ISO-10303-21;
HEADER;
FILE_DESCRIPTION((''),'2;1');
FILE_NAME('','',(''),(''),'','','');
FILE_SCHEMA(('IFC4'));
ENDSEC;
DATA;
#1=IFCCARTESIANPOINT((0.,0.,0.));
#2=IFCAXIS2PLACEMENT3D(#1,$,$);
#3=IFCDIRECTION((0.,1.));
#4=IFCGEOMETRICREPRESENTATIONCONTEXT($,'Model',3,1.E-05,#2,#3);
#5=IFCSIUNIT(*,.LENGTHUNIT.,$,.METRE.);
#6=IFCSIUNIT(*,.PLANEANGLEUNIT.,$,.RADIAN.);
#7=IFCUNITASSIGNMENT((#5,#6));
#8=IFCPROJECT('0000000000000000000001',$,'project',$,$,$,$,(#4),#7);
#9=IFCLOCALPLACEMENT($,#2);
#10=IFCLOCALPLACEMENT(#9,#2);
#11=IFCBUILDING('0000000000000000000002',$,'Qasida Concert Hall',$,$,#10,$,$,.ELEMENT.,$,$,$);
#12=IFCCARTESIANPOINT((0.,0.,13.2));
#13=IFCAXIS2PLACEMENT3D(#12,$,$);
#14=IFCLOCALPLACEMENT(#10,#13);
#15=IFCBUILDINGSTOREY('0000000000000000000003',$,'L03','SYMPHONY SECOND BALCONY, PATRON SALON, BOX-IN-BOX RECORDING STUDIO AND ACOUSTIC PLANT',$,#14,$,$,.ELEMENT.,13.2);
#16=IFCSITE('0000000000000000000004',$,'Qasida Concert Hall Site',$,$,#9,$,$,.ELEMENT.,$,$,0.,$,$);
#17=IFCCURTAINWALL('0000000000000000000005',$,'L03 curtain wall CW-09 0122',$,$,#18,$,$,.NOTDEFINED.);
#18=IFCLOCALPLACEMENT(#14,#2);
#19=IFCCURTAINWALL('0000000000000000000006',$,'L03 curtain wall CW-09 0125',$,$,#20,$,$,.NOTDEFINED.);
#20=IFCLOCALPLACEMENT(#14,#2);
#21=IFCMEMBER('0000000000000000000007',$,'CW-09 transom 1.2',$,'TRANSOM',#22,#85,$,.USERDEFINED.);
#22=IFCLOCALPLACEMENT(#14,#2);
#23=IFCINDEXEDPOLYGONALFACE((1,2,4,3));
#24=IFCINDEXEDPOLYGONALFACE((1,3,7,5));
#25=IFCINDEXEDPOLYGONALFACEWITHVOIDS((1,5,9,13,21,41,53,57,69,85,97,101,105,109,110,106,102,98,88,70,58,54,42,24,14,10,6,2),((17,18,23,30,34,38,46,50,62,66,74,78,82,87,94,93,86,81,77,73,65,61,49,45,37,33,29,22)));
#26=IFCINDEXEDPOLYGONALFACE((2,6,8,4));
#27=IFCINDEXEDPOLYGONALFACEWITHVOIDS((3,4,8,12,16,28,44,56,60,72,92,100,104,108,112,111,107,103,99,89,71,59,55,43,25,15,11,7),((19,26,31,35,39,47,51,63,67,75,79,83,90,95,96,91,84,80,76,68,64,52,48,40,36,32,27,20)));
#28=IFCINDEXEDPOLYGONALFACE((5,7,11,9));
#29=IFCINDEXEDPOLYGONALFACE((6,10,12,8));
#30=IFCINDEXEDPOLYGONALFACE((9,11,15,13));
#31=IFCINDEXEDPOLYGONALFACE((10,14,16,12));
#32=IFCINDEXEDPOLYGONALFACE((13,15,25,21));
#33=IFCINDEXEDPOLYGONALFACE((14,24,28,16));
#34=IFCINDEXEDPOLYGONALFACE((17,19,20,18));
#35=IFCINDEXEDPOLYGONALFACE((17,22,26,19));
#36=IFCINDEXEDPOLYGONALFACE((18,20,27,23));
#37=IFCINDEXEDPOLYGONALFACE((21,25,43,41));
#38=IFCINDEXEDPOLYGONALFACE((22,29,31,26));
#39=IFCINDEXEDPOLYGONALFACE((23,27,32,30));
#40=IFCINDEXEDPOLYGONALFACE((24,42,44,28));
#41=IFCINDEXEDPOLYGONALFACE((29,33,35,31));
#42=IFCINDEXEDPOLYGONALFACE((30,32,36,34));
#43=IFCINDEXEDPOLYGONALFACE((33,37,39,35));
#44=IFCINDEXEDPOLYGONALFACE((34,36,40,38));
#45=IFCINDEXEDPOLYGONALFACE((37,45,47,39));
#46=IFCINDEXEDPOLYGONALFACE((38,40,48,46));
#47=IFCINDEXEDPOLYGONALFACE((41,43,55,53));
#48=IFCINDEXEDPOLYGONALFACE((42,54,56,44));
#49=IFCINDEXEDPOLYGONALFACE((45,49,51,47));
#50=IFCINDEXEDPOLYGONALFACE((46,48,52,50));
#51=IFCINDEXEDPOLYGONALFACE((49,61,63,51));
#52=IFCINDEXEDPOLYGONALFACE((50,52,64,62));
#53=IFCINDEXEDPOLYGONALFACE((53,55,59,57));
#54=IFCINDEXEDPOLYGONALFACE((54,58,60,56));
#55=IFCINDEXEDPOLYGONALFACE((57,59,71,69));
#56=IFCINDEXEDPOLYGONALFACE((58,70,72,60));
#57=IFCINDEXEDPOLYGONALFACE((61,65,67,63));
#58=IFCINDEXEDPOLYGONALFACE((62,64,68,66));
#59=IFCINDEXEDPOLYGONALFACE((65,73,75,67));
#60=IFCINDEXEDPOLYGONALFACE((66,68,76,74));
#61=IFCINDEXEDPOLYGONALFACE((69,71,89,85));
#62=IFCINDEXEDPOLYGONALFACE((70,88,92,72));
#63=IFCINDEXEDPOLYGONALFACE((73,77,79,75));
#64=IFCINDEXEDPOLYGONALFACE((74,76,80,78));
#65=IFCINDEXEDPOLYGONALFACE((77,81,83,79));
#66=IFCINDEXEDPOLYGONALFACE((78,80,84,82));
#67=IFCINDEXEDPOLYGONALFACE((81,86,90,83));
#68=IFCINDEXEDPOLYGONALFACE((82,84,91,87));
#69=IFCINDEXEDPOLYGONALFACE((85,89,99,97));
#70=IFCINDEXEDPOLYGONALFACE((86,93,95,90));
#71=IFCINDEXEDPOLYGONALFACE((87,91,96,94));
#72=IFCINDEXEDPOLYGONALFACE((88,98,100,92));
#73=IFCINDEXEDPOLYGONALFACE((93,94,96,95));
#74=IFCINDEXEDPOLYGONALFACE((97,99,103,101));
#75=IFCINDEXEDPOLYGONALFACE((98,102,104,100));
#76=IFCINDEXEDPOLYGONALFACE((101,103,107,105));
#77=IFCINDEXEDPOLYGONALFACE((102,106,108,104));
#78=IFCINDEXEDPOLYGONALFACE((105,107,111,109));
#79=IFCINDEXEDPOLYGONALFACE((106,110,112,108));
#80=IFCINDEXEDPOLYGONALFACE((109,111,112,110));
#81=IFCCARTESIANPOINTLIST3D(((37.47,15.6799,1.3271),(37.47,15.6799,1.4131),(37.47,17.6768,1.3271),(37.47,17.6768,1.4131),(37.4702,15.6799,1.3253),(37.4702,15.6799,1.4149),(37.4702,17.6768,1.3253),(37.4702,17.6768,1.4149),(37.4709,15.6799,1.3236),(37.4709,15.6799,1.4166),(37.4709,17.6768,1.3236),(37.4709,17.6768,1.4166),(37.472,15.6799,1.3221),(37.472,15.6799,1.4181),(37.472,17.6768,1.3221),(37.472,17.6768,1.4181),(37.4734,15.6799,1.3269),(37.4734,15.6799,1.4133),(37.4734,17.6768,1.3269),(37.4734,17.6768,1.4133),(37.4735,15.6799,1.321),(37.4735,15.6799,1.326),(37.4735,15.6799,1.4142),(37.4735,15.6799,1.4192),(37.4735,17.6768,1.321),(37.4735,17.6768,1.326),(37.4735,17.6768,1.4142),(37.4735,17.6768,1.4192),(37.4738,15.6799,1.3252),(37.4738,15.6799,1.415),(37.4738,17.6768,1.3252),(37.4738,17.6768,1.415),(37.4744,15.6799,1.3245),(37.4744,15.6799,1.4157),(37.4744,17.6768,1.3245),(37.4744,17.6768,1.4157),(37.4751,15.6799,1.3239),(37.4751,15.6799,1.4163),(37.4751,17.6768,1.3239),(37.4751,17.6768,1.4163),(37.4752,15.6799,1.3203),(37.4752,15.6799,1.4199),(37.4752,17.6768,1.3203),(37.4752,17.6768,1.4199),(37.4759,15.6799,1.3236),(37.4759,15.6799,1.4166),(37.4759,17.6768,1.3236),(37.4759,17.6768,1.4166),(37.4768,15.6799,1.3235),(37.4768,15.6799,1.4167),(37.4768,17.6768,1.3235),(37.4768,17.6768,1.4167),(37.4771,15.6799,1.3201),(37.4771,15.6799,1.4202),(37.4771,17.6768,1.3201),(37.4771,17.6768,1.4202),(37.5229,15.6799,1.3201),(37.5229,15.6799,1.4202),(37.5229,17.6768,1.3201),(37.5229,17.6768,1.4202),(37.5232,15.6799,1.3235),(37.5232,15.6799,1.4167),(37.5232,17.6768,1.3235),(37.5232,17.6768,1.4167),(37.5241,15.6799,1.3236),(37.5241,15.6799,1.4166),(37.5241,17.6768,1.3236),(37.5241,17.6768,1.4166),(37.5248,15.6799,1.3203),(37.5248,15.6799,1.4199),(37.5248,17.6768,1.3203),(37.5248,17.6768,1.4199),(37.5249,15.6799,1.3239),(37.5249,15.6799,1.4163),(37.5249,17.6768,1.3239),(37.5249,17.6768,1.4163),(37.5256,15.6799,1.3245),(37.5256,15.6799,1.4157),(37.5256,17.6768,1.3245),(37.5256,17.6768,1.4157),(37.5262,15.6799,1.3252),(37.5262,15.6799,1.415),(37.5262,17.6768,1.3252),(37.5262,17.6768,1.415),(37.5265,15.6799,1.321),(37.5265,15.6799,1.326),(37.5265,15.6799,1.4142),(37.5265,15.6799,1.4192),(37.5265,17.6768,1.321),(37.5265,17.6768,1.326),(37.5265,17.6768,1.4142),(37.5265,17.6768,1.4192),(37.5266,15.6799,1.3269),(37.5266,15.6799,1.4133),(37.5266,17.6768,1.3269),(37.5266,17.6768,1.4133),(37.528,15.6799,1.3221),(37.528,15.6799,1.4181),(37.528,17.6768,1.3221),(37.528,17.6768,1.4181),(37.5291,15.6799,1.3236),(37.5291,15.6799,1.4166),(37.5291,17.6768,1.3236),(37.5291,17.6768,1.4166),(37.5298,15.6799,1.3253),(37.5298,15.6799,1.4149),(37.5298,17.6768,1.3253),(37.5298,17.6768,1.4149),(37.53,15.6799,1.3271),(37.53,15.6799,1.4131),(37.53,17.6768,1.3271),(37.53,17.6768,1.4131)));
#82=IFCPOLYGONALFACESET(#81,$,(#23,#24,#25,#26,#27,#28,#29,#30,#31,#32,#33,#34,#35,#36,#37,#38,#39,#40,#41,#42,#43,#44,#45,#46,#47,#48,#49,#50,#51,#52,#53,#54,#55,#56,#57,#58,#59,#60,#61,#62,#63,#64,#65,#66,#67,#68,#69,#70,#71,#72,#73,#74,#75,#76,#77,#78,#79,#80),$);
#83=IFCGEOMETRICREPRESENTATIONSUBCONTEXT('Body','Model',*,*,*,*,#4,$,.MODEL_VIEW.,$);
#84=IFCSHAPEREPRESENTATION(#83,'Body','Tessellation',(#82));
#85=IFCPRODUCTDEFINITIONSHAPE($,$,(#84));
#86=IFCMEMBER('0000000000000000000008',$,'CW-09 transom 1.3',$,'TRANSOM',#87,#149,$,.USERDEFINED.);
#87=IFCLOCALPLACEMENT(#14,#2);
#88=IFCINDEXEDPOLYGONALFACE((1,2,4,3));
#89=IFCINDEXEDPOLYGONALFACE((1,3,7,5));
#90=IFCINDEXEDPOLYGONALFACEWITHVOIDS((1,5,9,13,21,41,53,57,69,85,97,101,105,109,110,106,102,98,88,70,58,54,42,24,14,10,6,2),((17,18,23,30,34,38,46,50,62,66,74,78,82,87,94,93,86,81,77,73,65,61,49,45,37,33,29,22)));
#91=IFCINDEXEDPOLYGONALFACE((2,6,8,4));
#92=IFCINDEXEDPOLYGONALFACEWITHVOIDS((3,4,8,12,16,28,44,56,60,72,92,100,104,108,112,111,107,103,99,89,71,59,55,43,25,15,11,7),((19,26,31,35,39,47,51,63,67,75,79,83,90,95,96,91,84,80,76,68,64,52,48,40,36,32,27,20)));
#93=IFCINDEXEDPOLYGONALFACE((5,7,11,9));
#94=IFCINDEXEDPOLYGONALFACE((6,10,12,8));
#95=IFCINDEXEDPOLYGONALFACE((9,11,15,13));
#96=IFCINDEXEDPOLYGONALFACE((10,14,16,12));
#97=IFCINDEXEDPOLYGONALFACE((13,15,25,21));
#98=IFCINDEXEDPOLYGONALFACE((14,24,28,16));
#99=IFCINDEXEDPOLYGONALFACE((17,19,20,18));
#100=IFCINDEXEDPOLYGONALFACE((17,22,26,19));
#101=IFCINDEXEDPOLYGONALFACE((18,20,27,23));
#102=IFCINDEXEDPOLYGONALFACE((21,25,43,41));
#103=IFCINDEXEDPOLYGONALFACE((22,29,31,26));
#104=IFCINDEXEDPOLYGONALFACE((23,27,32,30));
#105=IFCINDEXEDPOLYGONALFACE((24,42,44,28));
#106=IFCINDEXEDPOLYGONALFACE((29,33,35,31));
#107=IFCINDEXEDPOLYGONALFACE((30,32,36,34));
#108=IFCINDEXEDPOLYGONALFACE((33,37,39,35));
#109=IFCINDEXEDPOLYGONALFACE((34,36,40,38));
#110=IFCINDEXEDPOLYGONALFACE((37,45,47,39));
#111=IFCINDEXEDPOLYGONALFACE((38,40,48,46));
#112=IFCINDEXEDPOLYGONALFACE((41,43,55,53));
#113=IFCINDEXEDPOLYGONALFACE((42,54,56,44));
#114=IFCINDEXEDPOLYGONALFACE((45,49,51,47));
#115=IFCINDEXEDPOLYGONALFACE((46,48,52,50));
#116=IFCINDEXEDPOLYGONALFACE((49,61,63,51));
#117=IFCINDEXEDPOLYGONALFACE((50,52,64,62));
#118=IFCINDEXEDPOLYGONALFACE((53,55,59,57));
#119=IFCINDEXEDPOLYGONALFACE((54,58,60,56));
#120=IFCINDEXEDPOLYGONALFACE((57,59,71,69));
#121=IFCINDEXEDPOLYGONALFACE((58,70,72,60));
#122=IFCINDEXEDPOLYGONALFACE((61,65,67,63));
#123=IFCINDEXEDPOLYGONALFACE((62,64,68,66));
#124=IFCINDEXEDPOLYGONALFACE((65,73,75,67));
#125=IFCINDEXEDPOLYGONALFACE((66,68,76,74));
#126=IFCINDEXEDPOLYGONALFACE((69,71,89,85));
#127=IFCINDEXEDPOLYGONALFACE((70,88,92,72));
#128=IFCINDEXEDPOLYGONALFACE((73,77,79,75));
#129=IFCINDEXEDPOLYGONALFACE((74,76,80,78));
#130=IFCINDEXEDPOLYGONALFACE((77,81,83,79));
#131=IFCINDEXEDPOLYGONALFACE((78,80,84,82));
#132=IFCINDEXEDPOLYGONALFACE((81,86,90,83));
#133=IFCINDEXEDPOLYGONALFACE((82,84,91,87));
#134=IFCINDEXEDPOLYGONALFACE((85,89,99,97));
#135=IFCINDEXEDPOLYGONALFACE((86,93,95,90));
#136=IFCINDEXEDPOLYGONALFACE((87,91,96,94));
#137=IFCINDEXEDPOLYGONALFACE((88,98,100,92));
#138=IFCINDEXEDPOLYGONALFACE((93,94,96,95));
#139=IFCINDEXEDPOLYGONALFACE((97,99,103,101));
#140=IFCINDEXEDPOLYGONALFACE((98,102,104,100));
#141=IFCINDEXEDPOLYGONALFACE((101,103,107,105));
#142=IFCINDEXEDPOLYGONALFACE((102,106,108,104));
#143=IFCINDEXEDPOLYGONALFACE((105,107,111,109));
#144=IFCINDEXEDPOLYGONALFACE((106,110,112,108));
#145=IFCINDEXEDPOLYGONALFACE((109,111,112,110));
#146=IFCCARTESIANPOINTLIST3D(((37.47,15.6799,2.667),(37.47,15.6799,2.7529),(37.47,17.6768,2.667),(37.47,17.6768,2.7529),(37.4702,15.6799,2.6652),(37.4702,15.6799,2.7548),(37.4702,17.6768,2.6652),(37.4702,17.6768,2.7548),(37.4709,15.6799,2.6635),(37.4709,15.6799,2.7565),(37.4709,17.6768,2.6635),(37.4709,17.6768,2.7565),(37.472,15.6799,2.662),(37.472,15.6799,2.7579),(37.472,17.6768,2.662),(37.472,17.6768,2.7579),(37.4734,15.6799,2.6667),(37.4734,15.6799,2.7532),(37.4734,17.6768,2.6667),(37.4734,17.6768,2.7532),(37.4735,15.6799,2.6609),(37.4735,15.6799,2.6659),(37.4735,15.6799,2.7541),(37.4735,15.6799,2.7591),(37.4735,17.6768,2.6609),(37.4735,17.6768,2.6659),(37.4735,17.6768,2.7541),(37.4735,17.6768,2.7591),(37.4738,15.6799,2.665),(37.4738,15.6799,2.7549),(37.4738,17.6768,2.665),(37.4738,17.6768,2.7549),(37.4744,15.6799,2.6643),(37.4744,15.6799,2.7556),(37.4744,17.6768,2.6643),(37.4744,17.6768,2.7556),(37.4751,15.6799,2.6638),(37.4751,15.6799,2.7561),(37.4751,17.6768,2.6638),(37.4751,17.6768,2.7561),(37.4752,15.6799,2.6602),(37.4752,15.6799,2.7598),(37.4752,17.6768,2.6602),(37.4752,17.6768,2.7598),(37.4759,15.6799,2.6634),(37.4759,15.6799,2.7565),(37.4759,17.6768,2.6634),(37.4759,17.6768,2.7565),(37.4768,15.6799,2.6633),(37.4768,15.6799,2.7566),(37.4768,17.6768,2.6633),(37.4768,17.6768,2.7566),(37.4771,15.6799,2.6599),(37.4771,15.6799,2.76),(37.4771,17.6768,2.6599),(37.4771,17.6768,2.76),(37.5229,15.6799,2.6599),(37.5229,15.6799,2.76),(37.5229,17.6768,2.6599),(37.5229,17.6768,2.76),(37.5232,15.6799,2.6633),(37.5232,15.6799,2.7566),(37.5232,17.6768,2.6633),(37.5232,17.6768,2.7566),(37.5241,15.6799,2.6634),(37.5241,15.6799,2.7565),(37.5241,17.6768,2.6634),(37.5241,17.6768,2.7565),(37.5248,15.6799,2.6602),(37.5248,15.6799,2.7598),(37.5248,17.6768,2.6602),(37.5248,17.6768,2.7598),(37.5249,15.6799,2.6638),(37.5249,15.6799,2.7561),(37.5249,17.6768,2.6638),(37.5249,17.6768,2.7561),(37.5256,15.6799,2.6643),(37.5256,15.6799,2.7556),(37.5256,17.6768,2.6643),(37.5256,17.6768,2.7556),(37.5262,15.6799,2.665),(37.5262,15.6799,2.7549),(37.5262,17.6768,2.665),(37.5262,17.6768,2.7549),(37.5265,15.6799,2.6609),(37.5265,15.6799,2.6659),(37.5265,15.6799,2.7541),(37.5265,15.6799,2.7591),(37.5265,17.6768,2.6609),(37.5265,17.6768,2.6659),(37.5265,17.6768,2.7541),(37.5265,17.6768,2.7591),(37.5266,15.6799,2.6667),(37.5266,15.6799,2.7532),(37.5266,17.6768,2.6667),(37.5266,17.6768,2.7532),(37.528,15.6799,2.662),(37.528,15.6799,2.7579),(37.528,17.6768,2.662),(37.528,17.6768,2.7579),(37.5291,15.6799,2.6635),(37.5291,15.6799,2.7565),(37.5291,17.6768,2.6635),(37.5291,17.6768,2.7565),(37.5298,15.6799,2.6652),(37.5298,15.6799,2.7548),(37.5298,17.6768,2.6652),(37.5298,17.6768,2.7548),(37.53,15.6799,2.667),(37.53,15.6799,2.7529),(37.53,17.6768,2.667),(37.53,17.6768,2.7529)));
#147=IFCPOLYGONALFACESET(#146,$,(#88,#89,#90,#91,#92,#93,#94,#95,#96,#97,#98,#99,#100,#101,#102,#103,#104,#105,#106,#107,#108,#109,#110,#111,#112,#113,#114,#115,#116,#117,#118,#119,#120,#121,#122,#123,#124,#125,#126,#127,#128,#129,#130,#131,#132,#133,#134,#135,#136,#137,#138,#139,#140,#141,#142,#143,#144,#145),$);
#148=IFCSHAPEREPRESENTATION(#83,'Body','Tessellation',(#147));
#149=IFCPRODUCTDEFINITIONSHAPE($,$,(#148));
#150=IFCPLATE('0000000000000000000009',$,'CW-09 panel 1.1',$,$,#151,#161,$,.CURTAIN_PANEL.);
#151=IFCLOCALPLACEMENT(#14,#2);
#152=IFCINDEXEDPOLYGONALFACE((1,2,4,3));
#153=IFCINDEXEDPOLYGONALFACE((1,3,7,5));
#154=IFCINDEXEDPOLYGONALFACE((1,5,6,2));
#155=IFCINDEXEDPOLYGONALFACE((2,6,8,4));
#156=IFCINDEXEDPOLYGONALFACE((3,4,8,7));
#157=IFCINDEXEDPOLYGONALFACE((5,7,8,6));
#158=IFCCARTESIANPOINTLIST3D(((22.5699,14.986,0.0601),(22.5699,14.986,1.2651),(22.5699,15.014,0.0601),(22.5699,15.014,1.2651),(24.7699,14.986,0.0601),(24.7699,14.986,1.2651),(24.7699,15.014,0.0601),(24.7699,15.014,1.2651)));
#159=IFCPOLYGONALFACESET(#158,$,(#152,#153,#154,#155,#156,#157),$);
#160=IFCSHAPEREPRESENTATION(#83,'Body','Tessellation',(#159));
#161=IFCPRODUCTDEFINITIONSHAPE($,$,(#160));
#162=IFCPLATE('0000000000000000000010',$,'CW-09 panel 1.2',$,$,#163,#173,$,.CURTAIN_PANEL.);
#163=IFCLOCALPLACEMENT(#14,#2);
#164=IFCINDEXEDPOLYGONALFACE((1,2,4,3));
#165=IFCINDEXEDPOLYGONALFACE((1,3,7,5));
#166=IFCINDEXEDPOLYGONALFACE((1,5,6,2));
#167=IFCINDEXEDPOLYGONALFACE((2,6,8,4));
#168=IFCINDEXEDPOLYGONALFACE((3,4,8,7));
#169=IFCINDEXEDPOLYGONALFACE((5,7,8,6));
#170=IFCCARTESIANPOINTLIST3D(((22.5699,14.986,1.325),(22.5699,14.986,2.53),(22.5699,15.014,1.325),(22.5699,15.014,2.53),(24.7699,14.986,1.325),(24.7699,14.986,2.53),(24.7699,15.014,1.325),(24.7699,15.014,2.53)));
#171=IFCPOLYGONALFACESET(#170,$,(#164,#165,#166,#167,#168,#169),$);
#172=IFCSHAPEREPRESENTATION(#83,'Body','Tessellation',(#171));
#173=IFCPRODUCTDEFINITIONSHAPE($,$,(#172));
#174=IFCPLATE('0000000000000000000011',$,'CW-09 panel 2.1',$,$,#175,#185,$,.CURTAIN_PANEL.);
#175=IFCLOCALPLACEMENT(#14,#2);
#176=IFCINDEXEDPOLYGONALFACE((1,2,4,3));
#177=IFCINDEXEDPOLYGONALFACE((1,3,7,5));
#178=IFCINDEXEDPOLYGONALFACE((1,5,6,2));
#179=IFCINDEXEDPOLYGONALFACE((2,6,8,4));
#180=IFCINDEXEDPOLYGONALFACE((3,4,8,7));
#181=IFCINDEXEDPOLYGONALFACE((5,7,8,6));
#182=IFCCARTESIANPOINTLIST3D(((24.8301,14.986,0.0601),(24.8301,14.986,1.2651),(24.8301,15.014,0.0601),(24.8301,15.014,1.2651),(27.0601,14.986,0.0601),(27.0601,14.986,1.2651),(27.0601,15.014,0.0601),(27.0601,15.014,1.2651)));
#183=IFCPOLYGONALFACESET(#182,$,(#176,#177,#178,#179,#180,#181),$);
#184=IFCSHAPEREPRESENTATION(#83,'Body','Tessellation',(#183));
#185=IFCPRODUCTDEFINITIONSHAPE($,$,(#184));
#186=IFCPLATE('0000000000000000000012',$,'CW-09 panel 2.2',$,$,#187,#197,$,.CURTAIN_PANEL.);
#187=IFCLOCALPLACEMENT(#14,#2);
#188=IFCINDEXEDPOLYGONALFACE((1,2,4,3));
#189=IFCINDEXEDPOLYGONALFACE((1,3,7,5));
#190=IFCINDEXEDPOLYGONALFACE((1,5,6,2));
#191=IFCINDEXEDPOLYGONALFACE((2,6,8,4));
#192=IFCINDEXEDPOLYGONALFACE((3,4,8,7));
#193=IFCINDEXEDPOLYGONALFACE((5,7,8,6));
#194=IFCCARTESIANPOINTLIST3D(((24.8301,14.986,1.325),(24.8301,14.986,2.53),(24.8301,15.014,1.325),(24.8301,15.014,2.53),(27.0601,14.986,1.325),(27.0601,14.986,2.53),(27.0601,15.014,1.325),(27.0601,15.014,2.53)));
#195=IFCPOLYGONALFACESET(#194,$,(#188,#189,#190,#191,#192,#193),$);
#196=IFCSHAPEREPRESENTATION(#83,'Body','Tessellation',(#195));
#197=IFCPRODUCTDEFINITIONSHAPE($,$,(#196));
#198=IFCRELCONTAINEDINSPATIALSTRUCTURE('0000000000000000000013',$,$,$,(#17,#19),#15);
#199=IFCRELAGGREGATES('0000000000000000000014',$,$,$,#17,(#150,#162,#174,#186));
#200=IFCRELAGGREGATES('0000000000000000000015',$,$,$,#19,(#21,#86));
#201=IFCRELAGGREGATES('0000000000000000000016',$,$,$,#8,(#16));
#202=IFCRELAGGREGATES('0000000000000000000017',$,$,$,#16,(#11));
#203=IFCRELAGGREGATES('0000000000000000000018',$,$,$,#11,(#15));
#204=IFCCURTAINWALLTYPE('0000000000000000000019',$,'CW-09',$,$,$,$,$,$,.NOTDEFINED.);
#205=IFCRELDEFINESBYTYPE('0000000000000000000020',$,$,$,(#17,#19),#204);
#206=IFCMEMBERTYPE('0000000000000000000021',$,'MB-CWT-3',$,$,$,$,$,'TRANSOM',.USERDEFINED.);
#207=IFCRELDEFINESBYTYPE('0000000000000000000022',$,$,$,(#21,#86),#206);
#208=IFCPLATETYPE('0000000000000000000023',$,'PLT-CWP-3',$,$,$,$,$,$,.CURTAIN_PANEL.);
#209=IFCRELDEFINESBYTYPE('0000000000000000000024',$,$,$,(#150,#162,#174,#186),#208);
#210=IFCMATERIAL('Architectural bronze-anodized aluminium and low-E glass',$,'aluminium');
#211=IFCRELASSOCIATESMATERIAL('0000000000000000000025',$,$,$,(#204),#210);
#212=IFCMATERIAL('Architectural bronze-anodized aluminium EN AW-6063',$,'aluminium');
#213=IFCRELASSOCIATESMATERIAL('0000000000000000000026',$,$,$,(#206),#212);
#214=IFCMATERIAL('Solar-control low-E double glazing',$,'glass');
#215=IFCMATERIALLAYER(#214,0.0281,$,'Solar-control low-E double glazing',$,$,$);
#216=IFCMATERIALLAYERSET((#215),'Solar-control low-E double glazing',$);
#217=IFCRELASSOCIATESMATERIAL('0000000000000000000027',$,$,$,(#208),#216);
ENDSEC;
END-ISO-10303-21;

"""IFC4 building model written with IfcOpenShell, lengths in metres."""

from ifc_helpers import new_model, si_unit, direction, frame, origin, origin_2d, place, context, subcontext, project, spatial, rectangle, hollow_rectangle, extrude, material, layer, layer_set, material_profile, profile_set, type_object, element, aggregate, save


model = new_model("IFC4")

# Units and contexts
model_context = context("Model", 3, precision=1e-05, world=origin(), true_north=direction((0.0, 1.0)))
body_context = subcontext(model_context, "Body", "Model", "MODEL_VIEW")
ifc_project = project(units=[si_unit("LENGTHUNIT", "METRE"), si_unit("PLANEANGLEUNIT", "RADIAN")], contexts=[model_context])

# Site, building, storey
site_placement = place(None, origin())
site = spatial("IfcSite", under=ifc_project, at=site_placement, Name="Qasida Concert Hall Site", CompositionType="ELEMENT", RefElevation=0.0)
building_placement = place(site_placement, origin())
building = spatial("IfcBuilding", under=site, at=building_placement, Name="Qasida Concert Hall", CompositionType="ELEMENT")
storey_placement = place(building_placement, frame((0.0, 0.0, 13.2)))
storey = spatial("IfcBuildingStorey", under=building, at=storey_placement, Name="L03", Description="SYMPHONY SECOND BALCONY, PATRON SALON, BOX-IN-BOX RECORDING STUDIO AND ACOUSTIC PLANT", CompositionType="ELEMENT", Elevation=13.2)

# Curtain wall
ifc_material_1 = material(Name="Architectural bronze-anodized aluminium and low-E glass", Category="aluminium")
curtain_wall_type = type_object("IfcCurtainWallType", Name="CW-09", PredefinedType="NOTDEFINED", material=ifc_material_1)
curtain_wall_1_placement = place(storey_placement, origin())
curtain_wall_1 = element("IfcCurtainWall", 1, at=curtain_wall_1_placement, inside=storey, type_object=curtain_wall_type, Name="L03 curtain wall CW-09 0122", PredefinedType="NOTDEFINED")
ifc_material_2 = material(Name="Architectural bronze-anodized aluminium EN AW-6063", Category="aluminium")

# Curtain wall
curtain_wall_2_placement = place(storey_placement, origin())
curtain_wall_2 = element("IfcCurtainWall", 2, at=curtain_wall_2_placement, inside=storey, type_object=curtain_wall_type, Name="L03 curtain wall CW-09 0125", PredefinedType="NOTDEFINED")

# Members
ifc_material_profile_1 = material_profile(ifc_material_2, hollow_rectangle(XDim=0.0601, YDim=0.1001, WallThickness=0.0034, InnerFilletRadius=0.0034, OuterFilletRadius=0.0071, at=origin_2d()), Name="CWT 100x60x3.5")
ifc_profile_set_1 = profile_set([ifc_material_profile_1], Name="Architectural bronze-anodized aluminium EN AW-6063")
member_type_1 = type_object("IfcMemberType", Name="MB-CWT-3", ElementType="TRANSOM", PredefinedType="USERDEFINED", material=ifc_profile_set_1)
member_1_placement = place(storey_placement, frame((37.5, 15.6799, 1.3701), z_axis=(0.0, 1.0, 0.0), x_axis=(-1.0, 0.0, 0.0)))
member_1 = element("IfcMember", 3, at=member_1_placement, type_object=member_type_1, Name="CW-09 transom 1.2", ObjectType="TRANSOM", PredefinedType="USERDEFINED", context=body_context, shape_type="SweptSolid", body=[
    extrude(hollow_rectangle(XDim=0.0601, YDim=0.1001, WallThickness=0.0034, InnerFilletRadius=0.0034, OuterFilletRadius=0.0071, at=origin_2d()), origin(), (0.0, 0.0, 1.0), 1.9968),
])
member_2_placement = place(storey_placement, frame((37.5, 15.6799, 2.71), z_axis=(0.0, 1.0, 0.0), x_axis=(-1.0, 0.0, 0.0)))
member_2 = element("IfcMember", 4, at=member_2_placement, type_object=member_type_1, Name="CW-09 transom 1.3", ObjectType="TRANSOM", PredefinedType="USERDEFINED", context=body_context, shape_type="SweptSolid", body=[
    extrude(hollow_rectangle(XDim=0.0601, YDim=0.1001, WallThickness=0.0034, InnerFilletRadius=0.0034, OuterFilletRadius=0.0071, at=origin_2d()), origin(), (0.0, 0.0, 1.0), 1.9968),
])

# Plates
ifc_material_3 = material(Name="Solar-control low-E double glazing", Category="glass")
ifc_layer_1 = layer(ifc_material_3, 0.0281, Name="Solar-control low-E double glazing")
ifc_layer_set_1 = layer_set([ifc_layer_1], Name="Solar-control low-E double glazing")
plate_type = type_object("IfcPlateType", Name="PLT-CWP-3", PredefinedType="CURTAIN_PANEL", material=ifc_layer_set_1)
plate_1_placement = place(storey_placement, frame((23.6699, 15.0, 0.0601), z_axis=(0.0, 0.0, 1.0), x_axis=(1.0, 0.0, 0.0)))
plate_1 = element("IfcPlate", 5, at=plate_1_placement, type_object=plate_type, Name="CW-09 panel 1.1", PredefinedType="CURTAIN_PANEL", context=body_context, shape_type="SweptSolid", body=[
    extrude(rectangle(XDim=2.2, YDim=0.0281, at=origin_2d()), origin(), (0.0, 0.0, 1.0), 1.2051),
])
plate_2_placement = place(storey_placement, frame((23.6699, 15.0, 1.325), z_axis=(0.0, 0.0, 1.0), x_axis=(1.0, 0.0, 0.0)))
plate_2 = element("IfcPlate", 6, at=plate_2_placement, type_object=plate_type, Name="CW-09 panel 1.2", PredefinedType="CURTAIN_PANEL", context=body_context, shape_type="SweptSolid", body=[
    extrude(rectangle(XDim=2.2, YDim=0.0281, at=origin_2d()), origin(), (0.0, 0.0, 1.0), 1.2051),
])
plate_3_placement = place(storey_placement, frame((25.9451, 15.0, 0.0601), z_axis=(0.0, 0.0, 1.0), x_axis=(1.0, 0.0, 0.0)))
plate_3 = element("IfcPlate", 7, at=plate_3_placement, type_object=plate_type, Name="CW-09 panel 2.1", PredefinedType="CURTAIN_PANEL", context=body_context, shape_type="SweptSolid", body=[
    extrude(rectangle(XDim=2.23, YDim=0.0281, at=origin_2d()), origin(), (0.0, 0.0, 1.0), 1.2051),
])
plate_4_placement = place(storey_placement, frame((25.9451, 15.0, 1.325), z_axis=(0.0, 0.0, 1.0), x_axis=(1.0, 0.0, 0.0)))
plate_4 = element("IfcPlate", 8, at=plate_4_placement, type_object=plate_type, Name="CW-09 panel 2.2", PredefinedType="CURTAIN_PANEL", context=body_context, shape_type="SweptSolid", body=[
    extrude(rectangle(XDim=2.23, YDim=0.0281, at=origin_2d()), origin(), (0.0, 0.0, 1.0), 1.2051),
])
aggregate(curtain_wall_1, [plate_1, plate_2, plate_3, plate_4])
aggregate(curtain_wall_2, [member_1, member_2])

save(model, "model.ifc")
